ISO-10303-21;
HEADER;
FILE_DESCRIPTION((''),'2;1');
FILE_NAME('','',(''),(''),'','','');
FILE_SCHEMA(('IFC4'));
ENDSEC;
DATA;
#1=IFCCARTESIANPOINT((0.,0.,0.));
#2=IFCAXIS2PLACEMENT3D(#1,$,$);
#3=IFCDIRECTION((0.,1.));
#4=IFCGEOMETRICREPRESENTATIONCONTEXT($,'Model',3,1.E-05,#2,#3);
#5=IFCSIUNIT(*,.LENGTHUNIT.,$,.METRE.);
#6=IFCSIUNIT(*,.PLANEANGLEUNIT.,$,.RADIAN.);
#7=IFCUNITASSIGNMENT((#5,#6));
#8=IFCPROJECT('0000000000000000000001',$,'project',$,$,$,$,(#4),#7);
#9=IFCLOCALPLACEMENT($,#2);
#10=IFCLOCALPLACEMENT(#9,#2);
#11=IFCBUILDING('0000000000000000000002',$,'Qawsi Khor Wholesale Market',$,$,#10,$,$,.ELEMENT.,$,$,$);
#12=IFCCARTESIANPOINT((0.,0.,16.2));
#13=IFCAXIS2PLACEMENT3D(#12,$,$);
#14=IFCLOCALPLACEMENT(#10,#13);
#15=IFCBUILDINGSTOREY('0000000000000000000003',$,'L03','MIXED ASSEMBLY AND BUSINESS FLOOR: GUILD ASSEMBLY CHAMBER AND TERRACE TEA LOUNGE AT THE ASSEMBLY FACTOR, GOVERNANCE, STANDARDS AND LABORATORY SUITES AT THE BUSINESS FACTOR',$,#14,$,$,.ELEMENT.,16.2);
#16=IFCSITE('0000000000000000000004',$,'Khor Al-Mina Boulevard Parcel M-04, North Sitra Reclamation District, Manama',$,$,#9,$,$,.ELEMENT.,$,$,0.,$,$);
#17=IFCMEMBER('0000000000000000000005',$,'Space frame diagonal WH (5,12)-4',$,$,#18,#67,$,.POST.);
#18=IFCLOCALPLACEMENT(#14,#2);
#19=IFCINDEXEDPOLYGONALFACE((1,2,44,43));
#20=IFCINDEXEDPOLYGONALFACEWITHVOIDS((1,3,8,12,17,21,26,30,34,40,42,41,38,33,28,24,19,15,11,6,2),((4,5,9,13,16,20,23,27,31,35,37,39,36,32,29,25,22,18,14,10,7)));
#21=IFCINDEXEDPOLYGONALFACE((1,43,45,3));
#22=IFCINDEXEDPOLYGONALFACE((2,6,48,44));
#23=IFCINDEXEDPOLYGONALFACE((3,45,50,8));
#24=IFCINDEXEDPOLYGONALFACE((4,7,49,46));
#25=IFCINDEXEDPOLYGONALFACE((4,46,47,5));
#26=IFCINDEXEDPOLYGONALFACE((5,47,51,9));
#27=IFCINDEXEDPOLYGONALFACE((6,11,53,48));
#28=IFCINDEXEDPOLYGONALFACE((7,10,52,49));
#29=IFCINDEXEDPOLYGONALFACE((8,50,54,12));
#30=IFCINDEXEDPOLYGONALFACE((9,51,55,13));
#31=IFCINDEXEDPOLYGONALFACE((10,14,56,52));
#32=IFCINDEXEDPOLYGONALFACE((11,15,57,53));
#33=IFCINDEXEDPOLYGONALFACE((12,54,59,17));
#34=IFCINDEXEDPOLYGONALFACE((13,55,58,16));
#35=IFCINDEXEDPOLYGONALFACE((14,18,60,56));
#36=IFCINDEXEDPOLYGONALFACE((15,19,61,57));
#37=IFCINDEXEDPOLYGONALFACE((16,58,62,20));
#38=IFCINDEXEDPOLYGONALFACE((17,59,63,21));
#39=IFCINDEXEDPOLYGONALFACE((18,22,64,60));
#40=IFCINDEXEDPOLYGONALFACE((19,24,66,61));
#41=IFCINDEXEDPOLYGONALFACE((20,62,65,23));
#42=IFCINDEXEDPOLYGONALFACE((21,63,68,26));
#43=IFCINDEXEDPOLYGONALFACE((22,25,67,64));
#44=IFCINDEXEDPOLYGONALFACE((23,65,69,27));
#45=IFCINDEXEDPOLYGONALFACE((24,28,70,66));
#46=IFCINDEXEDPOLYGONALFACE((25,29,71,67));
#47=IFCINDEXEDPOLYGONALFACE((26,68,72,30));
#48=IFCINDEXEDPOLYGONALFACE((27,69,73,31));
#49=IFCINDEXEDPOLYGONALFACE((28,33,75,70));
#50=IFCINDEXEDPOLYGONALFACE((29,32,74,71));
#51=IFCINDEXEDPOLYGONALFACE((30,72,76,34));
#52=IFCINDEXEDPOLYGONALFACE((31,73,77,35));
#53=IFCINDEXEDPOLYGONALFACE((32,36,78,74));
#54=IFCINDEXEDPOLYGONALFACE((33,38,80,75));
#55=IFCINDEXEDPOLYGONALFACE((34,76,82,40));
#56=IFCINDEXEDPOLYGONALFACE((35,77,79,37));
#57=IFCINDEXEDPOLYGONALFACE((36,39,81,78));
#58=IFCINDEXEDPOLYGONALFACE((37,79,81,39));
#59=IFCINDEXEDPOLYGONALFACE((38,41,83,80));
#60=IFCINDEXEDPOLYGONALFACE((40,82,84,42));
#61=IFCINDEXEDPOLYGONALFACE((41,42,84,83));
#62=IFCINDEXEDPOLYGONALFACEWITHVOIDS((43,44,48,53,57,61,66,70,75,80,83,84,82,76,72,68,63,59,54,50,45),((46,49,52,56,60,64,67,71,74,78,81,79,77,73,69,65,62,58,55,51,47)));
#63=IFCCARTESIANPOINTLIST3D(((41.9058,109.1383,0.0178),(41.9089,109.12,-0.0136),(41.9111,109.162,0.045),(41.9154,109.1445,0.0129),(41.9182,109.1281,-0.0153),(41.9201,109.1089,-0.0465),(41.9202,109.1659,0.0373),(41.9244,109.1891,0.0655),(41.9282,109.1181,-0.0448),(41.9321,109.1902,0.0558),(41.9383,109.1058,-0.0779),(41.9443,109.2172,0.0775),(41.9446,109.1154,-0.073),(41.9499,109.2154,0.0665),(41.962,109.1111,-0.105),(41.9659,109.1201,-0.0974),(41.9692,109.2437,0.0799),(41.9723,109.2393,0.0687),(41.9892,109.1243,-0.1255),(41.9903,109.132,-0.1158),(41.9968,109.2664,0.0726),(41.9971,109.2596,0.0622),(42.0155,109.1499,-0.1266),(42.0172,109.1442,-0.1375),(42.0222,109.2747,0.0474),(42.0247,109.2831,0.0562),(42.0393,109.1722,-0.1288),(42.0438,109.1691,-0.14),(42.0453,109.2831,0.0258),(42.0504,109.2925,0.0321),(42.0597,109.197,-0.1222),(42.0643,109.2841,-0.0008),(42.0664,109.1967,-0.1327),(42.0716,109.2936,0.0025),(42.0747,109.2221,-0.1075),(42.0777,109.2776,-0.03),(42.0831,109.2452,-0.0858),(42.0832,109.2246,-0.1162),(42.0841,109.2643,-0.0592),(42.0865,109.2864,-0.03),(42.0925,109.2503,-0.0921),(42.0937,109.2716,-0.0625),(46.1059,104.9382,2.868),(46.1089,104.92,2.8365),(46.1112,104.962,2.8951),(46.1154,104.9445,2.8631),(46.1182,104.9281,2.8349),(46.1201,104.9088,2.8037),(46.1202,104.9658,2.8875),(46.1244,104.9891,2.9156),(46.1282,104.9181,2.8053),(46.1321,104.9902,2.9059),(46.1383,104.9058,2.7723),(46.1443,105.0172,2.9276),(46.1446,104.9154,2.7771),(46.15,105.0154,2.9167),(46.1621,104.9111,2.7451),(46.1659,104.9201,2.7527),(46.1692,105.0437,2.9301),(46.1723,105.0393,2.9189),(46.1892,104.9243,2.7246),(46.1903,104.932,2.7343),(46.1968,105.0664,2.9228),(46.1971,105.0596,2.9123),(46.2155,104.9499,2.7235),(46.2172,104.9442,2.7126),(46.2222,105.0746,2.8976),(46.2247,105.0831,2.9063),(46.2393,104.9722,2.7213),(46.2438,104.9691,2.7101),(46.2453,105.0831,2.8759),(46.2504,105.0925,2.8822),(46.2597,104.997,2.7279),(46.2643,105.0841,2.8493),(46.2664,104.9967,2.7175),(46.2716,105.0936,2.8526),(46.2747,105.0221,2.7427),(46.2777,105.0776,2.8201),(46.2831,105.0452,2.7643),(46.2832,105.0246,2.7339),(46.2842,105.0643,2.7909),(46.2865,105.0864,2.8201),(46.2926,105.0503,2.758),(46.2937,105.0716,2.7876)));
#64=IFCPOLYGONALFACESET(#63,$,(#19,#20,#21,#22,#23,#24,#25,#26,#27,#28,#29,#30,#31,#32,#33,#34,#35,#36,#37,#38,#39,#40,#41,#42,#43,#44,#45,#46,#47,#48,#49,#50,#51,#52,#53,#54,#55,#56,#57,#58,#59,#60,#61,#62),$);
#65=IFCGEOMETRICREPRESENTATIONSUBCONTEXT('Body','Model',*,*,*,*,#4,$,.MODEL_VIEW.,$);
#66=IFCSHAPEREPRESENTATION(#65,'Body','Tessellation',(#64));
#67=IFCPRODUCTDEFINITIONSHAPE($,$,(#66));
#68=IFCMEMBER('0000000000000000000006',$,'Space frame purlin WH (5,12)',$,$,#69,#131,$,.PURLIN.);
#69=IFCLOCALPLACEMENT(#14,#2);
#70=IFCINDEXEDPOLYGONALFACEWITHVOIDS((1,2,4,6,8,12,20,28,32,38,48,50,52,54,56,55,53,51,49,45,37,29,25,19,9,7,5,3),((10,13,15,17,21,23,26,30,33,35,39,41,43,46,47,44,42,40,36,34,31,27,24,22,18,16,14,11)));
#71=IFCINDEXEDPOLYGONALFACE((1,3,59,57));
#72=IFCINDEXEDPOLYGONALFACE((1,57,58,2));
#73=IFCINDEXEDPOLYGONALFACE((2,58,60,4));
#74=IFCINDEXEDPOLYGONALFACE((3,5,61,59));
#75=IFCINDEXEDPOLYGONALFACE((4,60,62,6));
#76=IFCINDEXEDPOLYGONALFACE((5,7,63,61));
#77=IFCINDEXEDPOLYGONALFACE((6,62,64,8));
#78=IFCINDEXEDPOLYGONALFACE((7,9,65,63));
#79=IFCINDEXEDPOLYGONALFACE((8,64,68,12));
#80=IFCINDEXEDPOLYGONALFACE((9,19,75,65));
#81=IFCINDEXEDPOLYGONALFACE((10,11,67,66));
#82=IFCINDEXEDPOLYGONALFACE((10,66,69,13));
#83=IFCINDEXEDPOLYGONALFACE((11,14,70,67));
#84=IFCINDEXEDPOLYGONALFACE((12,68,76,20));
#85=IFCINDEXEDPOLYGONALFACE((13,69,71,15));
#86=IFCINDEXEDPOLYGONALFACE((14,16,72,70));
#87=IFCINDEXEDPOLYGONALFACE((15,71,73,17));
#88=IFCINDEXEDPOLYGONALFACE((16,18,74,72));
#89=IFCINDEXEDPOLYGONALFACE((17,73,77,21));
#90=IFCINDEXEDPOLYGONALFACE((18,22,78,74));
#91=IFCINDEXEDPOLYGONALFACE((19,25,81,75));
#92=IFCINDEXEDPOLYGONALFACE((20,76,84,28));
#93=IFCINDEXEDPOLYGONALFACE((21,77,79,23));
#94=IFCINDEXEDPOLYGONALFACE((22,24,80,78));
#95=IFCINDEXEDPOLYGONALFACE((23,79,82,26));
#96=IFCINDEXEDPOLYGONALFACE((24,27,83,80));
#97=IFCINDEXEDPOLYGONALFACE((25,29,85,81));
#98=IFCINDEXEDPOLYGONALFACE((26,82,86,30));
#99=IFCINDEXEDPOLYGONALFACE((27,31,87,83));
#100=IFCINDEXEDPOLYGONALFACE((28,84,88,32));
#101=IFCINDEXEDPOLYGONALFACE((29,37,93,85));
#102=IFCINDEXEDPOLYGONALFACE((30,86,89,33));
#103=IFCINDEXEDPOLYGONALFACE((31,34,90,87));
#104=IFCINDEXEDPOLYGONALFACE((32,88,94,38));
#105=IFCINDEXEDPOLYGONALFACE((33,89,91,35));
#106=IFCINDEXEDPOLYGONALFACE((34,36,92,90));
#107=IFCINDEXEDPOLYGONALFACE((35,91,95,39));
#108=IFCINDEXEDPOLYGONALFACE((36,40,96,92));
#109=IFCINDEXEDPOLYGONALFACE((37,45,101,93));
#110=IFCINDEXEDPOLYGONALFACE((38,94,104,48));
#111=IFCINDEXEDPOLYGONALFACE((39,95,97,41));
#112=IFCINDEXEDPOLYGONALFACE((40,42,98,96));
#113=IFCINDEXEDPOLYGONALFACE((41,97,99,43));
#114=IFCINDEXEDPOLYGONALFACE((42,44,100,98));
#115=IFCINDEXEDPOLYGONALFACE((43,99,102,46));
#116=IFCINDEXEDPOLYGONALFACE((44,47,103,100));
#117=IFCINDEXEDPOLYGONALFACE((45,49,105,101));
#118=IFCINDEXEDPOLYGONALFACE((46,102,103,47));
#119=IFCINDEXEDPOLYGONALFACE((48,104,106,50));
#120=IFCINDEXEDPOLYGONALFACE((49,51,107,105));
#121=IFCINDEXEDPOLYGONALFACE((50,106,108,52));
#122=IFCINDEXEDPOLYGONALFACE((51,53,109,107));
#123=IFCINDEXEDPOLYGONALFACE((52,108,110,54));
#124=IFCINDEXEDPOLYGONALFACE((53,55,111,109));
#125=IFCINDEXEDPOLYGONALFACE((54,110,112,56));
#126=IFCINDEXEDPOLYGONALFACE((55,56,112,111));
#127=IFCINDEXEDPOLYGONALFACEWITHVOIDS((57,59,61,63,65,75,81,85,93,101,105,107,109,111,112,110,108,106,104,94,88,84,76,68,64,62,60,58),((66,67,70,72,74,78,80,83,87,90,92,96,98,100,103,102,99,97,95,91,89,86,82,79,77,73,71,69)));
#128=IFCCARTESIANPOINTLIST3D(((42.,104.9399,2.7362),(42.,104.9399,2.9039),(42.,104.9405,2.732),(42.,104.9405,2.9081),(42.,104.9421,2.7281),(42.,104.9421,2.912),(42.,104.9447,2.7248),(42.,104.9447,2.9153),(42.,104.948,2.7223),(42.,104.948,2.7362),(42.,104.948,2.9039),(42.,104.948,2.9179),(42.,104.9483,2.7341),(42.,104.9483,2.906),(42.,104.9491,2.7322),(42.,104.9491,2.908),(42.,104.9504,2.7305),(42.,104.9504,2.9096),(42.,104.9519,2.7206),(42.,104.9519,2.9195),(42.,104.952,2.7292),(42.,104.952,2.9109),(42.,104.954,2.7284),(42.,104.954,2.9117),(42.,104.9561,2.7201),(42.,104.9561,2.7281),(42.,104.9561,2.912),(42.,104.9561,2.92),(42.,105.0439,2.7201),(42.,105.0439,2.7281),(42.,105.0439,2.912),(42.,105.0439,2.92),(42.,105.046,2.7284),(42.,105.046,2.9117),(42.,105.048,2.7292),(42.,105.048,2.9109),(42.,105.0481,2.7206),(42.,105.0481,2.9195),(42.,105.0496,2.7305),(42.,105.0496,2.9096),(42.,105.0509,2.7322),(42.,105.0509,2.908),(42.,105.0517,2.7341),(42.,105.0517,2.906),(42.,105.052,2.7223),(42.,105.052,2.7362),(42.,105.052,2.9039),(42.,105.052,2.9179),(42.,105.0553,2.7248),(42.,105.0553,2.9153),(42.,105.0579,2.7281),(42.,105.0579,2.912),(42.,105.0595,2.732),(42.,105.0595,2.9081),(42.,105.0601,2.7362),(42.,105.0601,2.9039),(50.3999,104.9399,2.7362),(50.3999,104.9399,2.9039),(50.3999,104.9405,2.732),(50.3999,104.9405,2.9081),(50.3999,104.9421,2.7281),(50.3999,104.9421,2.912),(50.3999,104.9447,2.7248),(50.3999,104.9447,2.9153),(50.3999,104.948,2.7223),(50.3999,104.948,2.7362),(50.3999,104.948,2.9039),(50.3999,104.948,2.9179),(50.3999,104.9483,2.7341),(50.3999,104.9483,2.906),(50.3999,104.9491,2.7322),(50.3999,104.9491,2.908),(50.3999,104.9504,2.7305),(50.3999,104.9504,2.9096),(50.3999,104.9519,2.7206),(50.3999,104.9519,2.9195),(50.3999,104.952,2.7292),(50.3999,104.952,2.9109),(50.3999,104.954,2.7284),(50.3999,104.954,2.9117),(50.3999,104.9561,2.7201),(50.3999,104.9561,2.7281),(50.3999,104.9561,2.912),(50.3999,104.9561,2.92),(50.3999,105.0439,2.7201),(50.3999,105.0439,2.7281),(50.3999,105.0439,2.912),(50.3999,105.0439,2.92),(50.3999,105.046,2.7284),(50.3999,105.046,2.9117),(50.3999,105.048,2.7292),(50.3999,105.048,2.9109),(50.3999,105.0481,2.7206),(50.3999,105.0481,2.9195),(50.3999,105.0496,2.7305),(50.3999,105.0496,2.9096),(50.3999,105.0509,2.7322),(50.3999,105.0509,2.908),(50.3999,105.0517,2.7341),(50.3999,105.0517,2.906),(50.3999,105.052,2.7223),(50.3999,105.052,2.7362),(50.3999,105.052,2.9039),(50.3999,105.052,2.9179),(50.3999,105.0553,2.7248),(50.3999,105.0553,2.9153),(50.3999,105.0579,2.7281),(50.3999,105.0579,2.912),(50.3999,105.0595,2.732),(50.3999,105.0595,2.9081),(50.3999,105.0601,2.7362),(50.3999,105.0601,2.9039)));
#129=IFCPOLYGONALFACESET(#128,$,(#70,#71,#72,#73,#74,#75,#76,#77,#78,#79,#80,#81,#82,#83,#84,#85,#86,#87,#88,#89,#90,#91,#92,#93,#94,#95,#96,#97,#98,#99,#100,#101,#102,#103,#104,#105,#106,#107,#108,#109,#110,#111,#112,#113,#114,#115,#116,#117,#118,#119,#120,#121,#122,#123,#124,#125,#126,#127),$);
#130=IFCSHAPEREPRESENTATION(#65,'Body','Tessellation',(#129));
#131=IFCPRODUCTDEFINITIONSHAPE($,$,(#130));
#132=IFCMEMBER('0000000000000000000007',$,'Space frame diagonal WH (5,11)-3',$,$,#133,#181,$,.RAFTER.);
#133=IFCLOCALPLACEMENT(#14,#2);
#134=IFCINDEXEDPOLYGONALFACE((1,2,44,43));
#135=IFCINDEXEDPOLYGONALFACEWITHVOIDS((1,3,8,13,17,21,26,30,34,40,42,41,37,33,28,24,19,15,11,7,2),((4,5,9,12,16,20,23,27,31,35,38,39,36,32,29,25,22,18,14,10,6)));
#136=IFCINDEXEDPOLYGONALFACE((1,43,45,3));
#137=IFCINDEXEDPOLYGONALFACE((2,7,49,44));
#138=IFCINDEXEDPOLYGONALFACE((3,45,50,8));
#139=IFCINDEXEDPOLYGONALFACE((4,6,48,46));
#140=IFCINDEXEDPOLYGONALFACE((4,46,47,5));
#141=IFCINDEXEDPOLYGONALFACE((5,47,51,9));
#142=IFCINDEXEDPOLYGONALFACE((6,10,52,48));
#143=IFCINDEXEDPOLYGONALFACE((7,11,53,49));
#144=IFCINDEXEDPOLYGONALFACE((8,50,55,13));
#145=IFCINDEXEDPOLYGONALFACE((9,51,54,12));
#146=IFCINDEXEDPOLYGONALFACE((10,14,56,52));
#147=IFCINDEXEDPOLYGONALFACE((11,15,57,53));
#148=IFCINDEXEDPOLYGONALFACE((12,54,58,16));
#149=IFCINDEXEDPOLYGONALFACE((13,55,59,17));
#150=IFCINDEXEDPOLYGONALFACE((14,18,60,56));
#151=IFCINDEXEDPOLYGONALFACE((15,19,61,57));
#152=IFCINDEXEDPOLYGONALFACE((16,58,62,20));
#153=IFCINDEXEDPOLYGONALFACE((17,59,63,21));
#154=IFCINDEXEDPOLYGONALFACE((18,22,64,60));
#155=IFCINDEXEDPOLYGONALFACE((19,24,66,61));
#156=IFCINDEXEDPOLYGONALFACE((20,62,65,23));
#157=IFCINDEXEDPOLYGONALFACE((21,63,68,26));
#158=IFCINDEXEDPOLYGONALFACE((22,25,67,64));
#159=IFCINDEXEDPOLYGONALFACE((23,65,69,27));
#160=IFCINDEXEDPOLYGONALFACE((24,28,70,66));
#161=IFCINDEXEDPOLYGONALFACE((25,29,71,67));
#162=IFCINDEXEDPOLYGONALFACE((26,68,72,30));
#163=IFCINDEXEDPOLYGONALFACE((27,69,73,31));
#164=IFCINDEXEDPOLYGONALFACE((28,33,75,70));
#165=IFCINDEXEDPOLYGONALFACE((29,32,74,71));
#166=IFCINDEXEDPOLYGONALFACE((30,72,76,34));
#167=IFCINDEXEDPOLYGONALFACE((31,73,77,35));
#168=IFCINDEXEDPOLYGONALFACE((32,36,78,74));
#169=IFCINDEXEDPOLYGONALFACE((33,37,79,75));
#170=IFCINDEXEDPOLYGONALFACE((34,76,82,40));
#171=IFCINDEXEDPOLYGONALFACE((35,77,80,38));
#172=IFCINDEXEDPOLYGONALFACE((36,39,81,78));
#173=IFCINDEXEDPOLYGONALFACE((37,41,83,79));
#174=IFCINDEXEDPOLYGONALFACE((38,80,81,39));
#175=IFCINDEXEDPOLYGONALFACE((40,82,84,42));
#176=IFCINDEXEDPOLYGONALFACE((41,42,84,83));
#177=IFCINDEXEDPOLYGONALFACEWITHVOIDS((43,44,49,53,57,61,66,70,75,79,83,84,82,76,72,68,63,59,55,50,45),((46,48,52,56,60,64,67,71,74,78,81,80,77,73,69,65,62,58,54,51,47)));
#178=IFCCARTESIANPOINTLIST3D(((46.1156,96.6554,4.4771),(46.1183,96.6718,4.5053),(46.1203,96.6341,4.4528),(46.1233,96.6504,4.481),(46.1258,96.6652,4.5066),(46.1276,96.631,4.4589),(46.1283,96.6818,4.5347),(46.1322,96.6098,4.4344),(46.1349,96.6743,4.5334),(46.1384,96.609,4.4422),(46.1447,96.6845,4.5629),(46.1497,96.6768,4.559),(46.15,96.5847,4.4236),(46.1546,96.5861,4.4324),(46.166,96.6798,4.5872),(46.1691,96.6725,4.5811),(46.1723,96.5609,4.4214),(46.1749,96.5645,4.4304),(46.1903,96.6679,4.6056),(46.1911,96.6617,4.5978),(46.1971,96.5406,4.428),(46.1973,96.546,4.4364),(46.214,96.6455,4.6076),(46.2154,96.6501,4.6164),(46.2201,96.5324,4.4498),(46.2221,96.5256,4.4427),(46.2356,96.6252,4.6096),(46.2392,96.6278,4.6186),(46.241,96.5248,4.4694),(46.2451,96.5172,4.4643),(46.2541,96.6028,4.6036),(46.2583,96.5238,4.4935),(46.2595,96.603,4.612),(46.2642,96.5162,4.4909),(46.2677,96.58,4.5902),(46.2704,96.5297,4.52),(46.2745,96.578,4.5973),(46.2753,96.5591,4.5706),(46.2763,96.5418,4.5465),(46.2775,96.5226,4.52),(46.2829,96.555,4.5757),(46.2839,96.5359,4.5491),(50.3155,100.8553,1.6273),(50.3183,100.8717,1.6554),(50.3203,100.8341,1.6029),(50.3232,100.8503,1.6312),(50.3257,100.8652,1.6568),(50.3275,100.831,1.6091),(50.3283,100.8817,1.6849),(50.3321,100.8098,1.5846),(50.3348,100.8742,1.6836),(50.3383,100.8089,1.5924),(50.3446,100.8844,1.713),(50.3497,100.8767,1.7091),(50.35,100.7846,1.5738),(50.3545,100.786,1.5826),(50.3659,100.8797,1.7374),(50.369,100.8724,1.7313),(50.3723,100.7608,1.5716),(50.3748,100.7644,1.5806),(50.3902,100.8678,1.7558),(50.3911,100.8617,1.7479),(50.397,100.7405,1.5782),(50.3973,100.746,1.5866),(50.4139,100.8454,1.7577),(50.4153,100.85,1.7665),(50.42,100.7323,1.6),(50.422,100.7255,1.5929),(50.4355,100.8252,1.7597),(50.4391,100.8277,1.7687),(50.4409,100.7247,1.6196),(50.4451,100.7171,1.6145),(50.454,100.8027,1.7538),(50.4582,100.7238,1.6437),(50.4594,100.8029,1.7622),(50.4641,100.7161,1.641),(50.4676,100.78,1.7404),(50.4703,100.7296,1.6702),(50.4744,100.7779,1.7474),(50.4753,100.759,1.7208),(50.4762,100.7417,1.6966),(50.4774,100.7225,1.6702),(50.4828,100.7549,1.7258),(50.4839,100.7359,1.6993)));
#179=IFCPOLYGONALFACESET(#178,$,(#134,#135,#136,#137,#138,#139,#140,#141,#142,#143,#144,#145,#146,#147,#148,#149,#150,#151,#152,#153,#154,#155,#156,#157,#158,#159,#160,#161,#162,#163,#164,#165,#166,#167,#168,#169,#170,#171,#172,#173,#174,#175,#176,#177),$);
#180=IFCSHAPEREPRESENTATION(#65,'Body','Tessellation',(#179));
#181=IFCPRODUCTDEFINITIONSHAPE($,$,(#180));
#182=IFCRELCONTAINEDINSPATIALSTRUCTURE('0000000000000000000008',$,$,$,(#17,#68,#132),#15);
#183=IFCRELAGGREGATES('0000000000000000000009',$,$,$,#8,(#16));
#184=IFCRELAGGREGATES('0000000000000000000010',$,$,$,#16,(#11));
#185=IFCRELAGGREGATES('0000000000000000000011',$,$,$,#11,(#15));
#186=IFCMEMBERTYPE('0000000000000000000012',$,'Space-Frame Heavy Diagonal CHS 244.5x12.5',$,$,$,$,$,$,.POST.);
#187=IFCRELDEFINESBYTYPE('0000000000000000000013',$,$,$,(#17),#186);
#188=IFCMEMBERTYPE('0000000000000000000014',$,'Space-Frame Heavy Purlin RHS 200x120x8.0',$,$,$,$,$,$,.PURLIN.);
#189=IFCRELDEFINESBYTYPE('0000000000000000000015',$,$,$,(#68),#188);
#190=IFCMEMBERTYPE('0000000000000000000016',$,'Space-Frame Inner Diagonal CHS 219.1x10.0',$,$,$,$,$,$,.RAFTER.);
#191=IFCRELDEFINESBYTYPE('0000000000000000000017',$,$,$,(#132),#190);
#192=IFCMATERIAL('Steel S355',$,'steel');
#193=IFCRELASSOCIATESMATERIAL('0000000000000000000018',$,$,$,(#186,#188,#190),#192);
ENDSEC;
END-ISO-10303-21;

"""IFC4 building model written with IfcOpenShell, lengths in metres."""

from ifc_helpers import new_model, si_unit, direction, frame, origin, origin_2d, place, context, subcontext, project, spatial, hollow_rectangle, hollow_circle, extrude, material, material_profile, profile_set, type_object, element, save


model = new_model("IFC4")

# Units and contexts
model_context = context("Model", 3, precision=1e-05, world=origin(), true_north=direction((0.0, 1.0)))
body_context = subcontext(model_context, "Body", "Model", "MODEL_VIEW")
ifc_project = project(units=[si_unit("LENGTHUNIT", "METRE"), si_unit("PLANEANGLEUNIT", "RADIAN")], contexts=[model_context])

# Site, building, storey
site_placement = place(None, origin())
site = spatial("IfcSite", under=ifc_project, at=site_placement, Name="Khor Al-Mina Boulevard Parcel M-04, North Sitra Reclamation District, Manama", CompositionType="ELEMENT", RefElevation=0.0)
building_placement = place(site_placement, origin())
building = spatial("IfcBuilding", under=site, at=building_placement, Name="Qawsi Khor Wholesale Market", CompositionType="ELEMENT")
storey_placement = place(building_placement, frame((0.0, 0.0, 16.2)))
storey = spatial("IfcBuildingStorey", under=building, at=storey_placement, Name="L03", Description="MIXED ASSEMBLY AND BUSINESS FLOOR: GUILD ASSEMBLY CHAMBER AND TERRACE TEA LOUNGE AT THE ASSEMBLY FACTOR, GOVERNANCE, STANDARDS AND LABORATORY SUITES AT THE BUSINESS FACTOR", CompositionType="ELEMENT", Elevation=16.2)

# Members
ifc_material_1 = material(Name="Steel S355", Category="steel")
ifc_material_profile_1 = material_profile(ifc_material_1, hollow_circle(Radius=0.1223, WallThickness=0.0125, at=origin_2d()), Name="CHS 244.5x12.5")
ifc_profile_set_1 = profile_set([ifc_material_profile_1], Name="Steel S355")
member_type_1 = type_object("IfcMemberType", Name="Space-Frame Heavy Diagonal CHS 244.5x12.5", PredefinedType="POST", material=ifc_profile_set_1)
for number, where, z_axis, x_axis, name in (
    (1, (42.0, 109.2, -0.03), (0.637512, -0.637512, 0.432617), (0.707107, 0.707107, 0.0), "Space frame diagonal WH (5,12)-4"),
):
    element("IfcMember", number, at=place(storey_placement, frame(where, z_axis=z_axis, x_axis=x_axis)), inside=storey, type_object=member_type_1, Name=name, PredefinedType="POST", context=body_context, shape_type="SweptSolid", body=[
        extrude(hollow_circle(Radius=0.1223, WallThickness=0.0125, at=origin_2d()), origin(), (0.0, 0.0, 1.0), 6.5881),
    ])
ifc_material_profile_2 = material_profile(ifc_material_1, hollow_rectangle(XDim=0.1201, YDim=0.2, WallThickness=0.0081, InnerFilletRadius=0.0081, OuterFilletRadius=0.0161, at=origin_2d()), Name="RHS 200x120x8.0")
ifc_profile_set_2 = profile_set([ifc_material_profile_2], Name="Steel S355")
member_type_2 = type_object("IfcMemberType", Name="Space-Frame Heavy Purlin RHS 200x120x8.0", PredefinedType="PURLIN", material=ifc_profile_set_2)
member_1_placement = place(storey_placement, frame((42.0, 105.0, 2.8201), z_axis=(1.0, 0.0, 0.0), x_axis=(0.0, 1.0, 0.0)))
element("IfcMember", 2, at=member_1_placement, inside=storey, type_object=member_type_2, Name="Space frame purlin WH (5,12)", PredefinedType="PURLIN", context=body_context, shape_type="SweptSolid", body=[
    extrude(hollow_rectangle(XDim=0.1201, YDim=0.2, WallThickness=0.0081, InnerFilletRadius=0.0081, OuterFilletRadius=0.0161, at=origin_2d()), origin(), (0.0, 0.0, 1.0), 8.3999),
])
ifc_material_profile_3 = material_profile(ifc_material_1, hollow_circle(Radius=0.1096, WallThickness=0.01, at=origin_2d()), Name="CHS 219.1x10.0")
ifc_profile_set_3 = profile_set([ifc_material_profile_3], Name="Steel S355")
member_type_3 = type_object("IfcMemberType", Name="Space-Frame Inner Diagonal CHS 219.1x10.0", PredefinedType="RAFTER", material=ifc_profile_set_3)
member_2_placement = place(storey_placement, frame((50.3999, 100.8, 1.6702), z_axis=(-0.637522, -0.637522, 0.432587), x_axis=(0.707107, -0.707107, 0.0)))
element("IfcMember", 3, at=member_2_placement, inside=storey, type_object=member_type_3, Name="Space frame diagonal WH (5,11)-3", PredefinedType="RAFTER", context=body_context, shape_type="SweptSolid", body=[
    extrude(hollow_circle(Radius=0.1096, WallThickness=0.01, at=origin_2d()), origin(), (0.0, 0.0, 1.0), 6.5879),
])

save(model, "model.ifc")
